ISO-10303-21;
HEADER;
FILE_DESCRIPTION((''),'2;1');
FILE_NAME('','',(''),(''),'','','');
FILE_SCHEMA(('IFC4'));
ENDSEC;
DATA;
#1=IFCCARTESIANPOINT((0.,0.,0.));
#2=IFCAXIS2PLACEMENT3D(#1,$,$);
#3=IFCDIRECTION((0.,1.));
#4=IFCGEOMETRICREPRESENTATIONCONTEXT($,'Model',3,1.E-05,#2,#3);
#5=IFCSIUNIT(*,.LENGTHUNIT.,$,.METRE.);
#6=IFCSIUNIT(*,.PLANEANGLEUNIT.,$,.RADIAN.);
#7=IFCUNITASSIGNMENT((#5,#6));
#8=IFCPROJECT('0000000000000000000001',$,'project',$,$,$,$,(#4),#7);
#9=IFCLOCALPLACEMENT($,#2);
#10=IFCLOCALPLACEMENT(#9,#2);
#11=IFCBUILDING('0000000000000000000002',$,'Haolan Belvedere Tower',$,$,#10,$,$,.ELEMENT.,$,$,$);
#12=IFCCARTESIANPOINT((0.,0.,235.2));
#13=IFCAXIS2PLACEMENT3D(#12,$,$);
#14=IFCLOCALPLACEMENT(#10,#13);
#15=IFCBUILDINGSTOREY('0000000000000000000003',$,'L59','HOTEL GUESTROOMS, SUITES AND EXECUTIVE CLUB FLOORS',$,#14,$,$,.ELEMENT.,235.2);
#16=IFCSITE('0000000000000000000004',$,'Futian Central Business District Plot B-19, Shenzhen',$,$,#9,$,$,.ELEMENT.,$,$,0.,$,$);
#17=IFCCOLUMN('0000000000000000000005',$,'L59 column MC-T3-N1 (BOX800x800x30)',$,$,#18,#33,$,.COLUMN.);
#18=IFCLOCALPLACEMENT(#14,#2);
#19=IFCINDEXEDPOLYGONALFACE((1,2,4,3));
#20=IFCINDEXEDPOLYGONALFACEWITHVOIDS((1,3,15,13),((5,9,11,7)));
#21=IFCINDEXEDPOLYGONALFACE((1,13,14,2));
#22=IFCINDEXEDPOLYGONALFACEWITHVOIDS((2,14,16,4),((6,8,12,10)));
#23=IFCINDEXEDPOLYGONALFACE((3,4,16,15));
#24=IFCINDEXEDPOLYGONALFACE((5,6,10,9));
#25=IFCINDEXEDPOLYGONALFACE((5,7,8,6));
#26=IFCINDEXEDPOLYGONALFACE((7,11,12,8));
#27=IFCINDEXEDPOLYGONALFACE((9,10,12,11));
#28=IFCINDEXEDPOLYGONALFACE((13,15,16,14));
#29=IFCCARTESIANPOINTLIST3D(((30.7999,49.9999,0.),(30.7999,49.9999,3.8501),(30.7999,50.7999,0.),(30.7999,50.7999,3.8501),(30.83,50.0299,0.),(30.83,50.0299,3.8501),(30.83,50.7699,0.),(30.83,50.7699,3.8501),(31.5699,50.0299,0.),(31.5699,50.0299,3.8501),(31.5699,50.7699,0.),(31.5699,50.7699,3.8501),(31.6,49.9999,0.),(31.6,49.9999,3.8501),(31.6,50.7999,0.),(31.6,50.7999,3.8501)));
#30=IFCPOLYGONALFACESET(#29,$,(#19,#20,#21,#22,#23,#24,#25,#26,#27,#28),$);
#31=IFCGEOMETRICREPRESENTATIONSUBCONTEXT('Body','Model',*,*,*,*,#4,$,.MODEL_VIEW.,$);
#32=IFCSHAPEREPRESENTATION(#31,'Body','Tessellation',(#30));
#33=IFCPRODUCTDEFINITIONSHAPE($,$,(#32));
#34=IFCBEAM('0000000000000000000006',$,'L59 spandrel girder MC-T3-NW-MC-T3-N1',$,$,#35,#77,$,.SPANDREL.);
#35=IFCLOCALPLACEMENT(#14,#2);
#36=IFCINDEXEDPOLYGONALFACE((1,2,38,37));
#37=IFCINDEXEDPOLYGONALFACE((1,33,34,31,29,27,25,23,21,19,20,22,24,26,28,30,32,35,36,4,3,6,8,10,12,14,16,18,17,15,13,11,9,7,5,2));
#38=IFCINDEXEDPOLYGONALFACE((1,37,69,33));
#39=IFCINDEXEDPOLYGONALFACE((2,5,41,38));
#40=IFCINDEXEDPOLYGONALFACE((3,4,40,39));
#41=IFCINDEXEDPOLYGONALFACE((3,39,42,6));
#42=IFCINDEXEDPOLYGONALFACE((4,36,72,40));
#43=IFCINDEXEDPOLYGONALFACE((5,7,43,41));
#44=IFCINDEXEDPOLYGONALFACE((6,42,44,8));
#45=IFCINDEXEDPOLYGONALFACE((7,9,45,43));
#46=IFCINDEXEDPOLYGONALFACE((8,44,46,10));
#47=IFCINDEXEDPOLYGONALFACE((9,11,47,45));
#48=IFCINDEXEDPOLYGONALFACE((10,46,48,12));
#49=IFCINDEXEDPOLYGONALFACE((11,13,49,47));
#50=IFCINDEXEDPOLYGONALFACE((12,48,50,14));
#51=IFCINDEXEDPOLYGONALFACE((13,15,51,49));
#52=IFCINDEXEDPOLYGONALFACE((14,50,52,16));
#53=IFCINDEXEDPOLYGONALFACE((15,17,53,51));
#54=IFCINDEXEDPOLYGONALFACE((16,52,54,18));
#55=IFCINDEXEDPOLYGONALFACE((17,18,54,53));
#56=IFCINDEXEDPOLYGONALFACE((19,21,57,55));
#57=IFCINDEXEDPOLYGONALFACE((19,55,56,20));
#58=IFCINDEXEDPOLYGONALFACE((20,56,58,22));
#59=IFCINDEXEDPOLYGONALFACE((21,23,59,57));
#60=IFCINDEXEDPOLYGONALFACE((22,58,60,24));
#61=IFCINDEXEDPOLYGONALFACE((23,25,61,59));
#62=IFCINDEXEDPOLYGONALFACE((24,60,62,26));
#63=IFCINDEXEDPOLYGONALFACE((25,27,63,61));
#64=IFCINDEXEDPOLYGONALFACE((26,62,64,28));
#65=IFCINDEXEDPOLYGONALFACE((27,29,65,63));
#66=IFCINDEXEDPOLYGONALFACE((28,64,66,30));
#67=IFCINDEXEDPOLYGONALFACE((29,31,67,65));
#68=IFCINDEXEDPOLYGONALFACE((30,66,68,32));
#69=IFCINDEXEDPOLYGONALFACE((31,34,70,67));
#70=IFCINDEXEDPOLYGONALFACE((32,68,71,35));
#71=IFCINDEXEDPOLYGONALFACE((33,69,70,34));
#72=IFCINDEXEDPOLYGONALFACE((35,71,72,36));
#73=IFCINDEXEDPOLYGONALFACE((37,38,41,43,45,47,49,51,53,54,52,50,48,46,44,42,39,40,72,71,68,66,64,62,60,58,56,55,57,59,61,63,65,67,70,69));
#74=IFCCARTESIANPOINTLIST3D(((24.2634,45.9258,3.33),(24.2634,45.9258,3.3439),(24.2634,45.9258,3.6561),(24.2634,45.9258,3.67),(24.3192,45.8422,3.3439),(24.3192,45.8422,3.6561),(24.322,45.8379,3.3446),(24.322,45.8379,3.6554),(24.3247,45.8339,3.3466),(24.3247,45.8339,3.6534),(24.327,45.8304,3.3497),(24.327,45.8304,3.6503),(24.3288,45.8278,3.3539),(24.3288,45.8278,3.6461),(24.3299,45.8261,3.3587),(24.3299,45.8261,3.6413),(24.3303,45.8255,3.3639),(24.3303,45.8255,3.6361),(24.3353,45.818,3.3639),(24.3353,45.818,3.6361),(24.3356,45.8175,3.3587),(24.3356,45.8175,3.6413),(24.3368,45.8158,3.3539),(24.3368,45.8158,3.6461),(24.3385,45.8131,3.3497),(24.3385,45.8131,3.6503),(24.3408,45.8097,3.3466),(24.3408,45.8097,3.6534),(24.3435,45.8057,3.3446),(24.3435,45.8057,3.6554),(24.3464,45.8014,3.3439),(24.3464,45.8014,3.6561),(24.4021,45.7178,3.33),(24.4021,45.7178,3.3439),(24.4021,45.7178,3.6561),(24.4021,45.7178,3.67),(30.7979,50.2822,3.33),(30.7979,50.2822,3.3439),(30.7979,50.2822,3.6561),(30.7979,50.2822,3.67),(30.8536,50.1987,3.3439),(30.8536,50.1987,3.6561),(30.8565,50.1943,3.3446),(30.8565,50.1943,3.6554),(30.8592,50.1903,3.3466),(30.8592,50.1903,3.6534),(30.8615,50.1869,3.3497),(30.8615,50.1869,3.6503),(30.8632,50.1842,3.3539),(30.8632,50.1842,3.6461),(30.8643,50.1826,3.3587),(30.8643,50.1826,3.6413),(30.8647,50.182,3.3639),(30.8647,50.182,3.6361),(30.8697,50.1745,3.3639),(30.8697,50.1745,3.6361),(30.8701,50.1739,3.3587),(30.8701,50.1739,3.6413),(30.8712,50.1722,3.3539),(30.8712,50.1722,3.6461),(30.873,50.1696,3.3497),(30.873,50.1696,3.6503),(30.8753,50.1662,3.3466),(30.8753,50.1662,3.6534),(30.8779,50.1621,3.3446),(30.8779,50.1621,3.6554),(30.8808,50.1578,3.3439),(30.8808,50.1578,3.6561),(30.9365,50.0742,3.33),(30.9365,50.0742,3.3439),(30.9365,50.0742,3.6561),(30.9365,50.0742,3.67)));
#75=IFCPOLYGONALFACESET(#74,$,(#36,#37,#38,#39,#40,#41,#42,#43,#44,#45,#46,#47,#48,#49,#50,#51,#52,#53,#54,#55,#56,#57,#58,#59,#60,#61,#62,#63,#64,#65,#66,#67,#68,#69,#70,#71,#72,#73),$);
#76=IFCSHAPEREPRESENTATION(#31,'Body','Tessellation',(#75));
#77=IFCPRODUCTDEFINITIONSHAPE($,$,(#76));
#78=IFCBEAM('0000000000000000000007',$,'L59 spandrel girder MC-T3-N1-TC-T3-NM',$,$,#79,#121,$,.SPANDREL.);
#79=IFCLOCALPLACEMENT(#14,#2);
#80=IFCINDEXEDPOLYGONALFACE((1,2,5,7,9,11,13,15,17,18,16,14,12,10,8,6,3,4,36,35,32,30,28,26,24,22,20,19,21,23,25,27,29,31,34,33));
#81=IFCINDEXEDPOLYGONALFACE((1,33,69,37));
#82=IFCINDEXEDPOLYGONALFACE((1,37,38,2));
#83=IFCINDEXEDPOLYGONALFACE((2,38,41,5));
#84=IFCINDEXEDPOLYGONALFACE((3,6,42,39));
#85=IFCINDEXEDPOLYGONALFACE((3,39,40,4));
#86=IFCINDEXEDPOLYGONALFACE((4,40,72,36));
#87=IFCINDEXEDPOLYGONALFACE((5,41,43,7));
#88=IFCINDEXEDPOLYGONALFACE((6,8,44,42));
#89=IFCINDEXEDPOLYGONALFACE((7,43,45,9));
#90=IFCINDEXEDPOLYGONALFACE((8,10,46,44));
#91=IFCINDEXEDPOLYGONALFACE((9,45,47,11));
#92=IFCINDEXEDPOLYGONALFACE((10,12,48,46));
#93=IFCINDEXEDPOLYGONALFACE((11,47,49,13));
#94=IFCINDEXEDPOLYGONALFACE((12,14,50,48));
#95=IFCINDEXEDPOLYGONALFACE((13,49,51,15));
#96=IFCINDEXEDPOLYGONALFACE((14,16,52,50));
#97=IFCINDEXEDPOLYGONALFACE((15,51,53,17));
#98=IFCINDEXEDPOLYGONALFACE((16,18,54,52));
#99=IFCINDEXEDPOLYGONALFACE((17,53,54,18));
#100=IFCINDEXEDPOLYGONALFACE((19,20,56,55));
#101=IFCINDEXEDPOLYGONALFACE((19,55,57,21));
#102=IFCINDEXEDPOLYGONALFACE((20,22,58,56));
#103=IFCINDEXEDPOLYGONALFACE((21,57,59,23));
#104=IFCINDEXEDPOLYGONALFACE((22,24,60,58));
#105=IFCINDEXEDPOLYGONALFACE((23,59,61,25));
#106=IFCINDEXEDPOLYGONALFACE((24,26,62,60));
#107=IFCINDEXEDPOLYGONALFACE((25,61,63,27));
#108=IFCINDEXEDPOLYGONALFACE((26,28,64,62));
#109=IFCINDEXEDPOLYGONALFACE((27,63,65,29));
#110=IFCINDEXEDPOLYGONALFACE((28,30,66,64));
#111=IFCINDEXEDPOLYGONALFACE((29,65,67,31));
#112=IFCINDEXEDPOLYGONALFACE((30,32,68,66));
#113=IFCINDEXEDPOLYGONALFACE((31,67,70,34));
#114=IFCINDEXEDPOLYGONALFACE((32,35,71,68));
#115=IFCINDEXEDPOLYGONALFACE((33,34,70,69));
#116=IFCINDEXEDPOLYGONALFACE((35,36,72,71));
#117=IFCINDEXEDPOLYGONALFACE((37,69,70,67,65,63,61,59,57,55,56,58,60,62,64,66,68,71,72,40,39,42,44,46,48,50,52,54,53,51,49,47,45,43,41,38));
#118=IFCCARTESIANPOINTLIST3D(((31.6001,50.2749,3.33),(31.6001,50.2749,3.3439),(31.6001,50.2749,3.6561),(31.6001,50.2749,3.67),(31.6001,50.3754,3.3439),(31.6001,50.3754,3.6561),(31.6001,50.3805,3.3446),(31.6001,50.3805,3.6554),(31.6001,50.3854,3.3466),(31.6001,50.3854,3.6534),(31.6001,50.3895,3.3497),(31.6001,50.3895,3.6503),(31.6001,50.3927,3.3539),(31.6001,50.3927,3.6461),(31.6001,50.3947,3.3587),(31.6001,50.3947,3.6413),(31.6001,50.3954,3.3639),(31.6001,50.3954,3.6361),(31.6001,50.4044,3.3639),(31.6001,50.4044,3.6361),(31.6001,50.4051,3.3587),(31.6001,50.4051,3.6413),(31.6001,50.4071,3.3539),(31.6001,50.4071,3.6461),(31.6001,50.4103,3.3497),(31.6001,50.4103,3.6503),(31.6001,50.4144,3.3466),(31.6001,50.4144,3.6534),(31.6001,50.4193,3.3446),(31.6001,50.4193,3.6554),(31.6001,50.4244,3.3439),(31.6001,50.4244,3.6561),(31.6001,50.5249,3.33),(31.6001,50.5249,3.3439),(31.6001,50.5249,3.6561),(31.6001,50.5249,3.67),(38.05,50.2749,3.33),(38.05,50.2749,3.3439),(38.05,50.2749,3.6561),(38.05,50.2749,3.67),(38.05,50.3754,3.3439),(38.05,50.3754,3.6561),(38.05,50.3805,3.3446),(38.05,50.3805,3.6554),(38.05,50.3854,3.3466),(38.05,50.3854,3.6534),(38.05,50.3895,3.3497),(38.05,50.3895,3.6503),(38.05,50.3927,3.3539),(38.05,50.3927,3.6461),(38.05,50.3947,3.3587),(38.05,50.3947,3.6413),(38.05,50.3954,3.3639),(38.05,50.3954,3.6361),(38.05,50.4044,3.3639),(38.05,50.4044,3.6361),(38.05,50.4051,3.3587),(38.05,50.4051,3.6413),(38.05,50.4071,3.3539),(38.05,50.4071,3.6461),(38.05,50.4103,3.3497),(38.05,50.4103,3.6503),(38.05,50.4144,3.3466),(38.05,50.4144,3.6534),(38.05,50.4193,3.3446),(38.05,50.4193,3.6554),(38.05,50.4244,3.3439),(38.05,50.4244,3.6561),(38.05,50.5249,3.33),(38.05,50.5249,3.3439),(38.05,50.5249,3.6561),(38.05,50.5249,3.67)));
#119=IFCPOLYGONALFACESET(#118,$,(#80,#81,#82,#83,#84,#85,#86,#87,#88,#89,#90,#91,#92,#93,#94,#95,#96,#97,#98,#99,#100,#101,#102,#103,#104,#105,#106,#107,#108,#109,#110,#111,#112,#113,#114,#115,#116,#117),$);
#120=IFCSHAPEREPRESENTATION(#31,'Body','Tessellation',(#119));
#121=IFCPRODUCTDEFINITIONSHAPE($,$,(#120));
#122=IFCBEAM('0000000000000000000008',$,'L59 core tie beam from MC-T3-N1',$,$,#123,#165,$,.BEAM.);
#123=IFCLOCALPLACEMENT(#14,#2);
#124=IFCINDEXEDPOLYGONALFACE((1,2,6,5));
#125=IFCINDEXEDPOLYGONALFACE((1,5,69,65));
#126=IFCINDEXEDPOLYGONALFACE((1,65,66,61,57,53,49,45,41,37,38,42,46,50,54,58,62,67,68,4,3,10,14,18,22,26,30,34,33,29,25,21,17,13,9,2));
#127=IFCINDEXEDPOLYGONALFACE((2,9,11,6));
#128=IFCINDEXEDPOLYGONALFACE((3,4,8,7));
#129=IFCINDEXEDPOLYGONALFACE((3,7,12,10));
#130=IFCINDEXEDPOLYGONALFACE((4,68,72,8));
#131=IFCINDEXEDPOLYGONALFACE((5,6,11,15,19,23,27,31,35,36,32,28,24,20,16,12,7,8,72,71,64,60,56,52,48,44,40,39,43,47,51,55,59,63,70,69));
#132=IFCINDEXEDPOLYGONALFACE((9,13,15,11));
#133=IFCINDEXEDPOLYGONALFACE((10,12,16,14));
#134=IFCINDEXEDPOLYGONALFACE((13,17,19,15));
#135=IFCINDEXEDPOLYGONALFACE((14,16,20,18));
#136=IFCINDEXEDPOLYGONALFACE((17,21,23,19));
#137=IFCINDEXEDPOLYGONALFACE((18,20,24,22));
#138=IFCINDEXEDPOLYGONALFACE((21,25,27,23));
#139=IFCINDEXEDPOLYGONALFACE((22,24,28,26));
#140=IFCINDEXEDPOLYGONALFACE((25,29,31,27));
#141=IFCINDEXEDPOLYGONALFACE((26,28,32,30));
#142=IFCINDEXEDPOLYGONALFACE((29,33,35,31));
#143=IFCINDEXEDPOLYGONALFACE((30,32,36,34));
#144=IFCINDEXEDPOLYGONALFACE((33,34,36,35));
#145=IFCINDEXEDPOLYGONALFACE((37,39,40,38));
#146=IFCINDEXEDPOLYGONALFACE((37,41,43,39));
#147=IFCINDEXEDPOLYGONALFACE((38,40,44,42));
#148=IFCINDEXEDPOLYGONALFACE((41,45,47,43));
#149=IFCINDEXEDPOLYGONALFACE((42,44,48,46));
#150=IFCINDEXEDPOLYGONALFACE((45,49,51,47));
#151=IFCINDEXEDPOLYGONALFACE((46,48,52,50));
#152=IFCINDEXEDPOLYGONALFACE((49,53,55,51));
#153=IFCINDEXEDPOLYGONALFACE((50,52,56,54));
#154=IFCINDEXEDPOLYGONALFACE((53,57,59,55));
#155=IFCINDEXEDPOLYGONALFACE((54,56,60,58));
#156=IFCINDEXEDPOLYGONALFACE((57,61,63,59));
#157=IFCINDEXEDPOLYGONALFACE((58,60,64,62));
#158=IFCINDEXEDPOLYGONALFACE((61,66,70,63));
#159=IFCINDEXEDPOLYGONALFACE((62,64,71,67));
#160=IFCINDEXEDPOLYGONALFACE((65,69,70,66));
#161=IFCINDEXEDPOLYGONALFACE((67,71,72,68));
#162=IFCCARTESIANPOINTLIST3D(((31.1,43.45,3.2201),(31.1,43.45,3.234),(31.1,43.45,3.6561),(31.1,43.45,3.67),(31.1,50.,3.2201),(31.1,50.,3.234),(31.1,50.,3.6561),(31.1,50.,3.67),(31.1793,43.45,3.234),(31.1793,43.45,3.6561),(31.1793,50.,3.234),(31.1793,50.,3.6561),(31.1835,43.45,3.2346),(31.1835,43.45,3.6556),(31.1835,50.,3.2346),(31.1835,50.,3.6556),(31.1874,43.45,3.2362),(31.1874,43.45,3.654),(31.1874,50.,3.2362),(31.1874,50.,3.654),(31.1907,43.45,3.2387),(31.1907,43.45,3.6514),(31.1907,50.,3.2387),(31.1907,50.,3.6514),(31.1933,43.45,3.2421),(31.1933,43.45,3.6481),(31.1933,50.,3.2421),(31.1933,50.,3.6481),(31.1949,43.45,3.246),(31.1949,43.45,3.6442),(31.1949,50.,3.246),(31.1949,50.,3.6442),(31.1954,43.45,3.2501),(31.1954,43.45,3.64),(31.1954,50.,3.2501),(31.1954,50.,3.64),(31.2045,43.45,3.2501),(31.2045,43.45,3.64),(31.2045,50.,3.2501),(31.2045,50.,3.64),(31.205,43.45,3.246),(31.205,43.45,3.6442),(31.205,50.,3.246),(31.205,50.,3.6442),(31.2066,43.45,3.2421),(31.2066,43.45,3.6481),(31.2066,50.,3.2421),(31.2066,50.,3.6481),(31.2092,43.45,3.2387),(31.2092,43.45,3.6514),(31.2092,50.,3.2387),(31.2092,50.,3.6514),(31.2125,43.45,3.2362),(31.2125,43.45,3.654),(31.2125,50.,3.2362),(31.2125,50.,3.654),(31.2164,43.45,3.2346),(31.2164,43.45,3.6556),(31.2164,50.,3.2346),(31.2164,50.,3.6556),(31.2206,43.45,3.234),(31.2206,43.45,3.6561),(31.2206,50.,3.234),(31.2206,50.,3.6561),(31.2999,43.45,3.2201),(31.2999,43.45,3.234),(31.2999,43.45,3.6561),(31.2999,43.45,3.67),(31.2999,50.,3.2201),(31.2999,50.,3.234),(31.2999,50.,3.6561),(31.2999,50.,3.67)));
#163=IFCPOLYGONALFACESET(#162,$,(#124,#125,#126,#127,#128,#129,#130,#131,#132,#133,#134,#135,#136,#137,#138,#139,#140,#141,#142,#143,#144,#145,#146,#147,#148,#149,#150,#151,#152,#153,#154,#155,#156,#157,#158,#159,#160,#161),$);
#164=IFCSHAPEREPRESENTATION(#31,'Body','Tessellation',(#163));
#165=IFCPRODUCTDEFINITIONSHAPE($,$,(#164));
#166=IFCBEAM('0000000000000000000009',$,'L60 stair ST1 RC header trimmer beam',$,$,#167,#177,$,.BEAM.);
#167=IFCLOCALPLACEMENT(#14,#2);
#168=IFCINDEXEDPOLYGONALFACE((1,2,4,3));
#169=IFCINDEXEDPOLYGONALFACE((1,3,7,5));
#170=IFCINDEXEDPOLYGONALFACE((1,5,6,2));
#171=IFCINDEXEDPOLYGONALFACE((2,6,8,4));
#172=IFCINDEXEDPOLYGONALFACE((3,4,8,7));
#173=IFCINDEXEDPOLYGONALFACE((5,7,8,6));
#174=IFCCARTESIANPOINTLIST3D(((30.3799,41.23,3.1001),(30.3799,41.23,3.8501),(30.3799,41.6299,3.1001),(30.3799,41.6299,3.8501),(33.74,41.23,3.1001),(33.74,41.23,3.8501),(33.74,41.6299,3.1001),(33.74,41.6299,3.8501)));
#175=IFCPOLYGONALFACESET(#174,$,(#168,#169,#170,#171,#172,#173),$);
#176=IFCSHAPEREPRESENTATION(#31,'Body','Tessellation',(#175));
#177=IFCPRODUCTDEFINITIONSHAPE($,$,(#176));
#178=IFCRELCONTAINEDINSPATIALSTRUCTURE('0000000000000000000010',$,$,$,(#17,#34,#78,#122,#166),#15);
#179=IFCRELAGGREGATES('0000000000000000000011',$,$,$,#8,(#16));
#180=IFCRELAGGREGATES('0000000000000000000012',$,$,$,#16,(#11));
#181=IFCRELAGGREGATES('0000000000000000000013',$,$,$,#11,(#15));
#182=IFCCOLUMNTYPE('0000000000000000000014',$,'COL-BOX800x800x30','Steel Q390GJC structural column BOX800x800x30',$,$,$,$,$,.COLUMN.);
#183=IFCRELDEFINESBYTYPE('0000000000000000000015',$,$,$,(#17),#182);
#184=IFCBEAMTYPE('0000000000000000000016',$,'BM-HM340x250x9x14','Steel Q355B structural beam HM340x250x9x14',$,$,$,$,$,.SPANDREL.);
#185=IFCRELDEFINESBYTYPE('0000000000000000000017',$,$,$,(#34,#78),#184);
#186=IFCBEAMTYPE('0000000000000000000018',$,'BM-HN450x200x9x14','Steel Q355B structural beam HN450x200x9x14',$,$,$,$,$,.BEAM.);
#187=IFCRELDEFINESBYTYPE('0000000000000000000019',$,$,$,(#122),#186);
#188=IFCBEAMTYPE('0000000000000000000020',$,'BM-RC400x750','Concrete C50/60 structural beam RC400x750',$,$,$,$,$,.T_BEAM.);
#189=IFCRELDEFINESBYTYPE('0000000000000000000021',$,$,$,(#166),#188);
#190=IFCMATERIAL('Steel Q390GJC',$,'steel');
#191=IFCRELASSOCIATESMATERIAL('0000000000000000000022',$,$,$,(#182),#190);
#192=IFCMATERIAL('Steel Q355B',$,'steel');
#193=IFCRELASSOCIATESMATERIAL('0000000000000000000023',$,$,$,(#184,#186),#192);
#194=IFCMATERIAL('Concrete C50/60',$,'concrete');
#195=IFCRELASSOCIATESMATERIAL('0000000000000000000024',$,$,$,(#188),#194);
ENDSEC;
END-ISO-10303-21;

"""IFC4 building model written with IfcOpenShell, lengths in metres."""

from ifc_helpers import new_model, si_unit, direction, frame, origin, origin_2d, place, context, subcontext, project, spatial, rectangle, hollow_rectangle, i_section, extrude, material, material_profile, profile_set, type_object, element, save


model = new_model("IFC4")

# Units and contexts
model_context = context("Model", 3, precision=1e-05, world=origin(), true_north=direction((0.0, 1.0)))
body_context = subcontext(model_context, "Body", "Model", "MODEL_VIEW")
ifc_project = project(units=[si_unit("LENGTHUNIT", "METRE"), si_unit("PLANEANGLEUNIT", "RADIAN")], contexts=[model_context])

# Site, building, storey
site_placement = place(None, origin())
site = spatial("IfcSite", under=ifc_project, at=site_placement, Name="Futian Central Business District Plot B-19, Shenzhen", CompositionType="ELEMENT", RefElevation=0.0)
building_placement = place(site_placement, origin())
building = spatial("IfcBuilding", under=site, at=building_placement, Name="Haolan Belvedere Tower", CompositionType="ELEMENT")
storey_placement = place(building_placement, frame((0.0, 0.0, 235.2)))
storey = spatial("IfcBuildingStorey", under=building, at=storey_placement, Name="L59", Description="HOTEL GUESTROOMS, SUITES AND EXECUTIVE CLUB FLOORS", CompositionType="ELEMENT", Elevation=235.2)

# Column
ifc_material_1 = material(Name="Steel Q390GJC", Category="steel")
ifc_material_profile_1 = material_profile(ifc_material_1, hollow_rectangle(XDim=0.8, YDim=0.8, WallThickness=0.03, at=origin_2d()), Name="Steel Q390GJC")
ifc_profile_set_1 = profile_set([ifc_material_profile_1], Name="Steel Q390GJC")
column_type = type_object("IfcColumnType", Name="COL-BOX800x800x30", Description="Steel Q390GJC structural column BOX800x800x30", PredefinedType="COLUMN", material=ifc_profile_set_1)
column_placement = place(storey_placement, frame((31.2, 50.3999, 0.0), z_axis=(0.0, 0.0, 1.0), x_axis=(1.0, 0.0, 0.0)))
element("IfcColumn", 1, at=column_placement, inside=storey, type_object=column_type, Name="L59 column MC-T3-N1 (BOX800x800x30)", PredefinedType="COLUMN", context=body_context, shape_type="SweptSolid", body=[
    extrude(hollow_rectangle(XDim=0.8, YDim=0.8, WallThickness=0.03, at=origin_2d()), origin(), (0.0, 0.0, 1.0), 3.8501),
])

# Beams
ifc_material_2 = material(Name="Steel Q355B", Category="steel")
ifc_material_profile_2 = material_profile(ifc_material_2, i_section(OverallWidth=0.25, OverallDepth=0.3401, WebThickness=0.009, FlangeThickness=0.0139, FilletRadius=0.02, at=origin_2d()), Name="Steel Q355B")
ifc_profile_set_2 = profile_set([ifc_material_profile_2], Name="Steel Q355B")
beam_type_1 = type_object("IfcBeamType", Name="BM-HM340x250x9x14", Description="Steel Q355B structural beam HM340x250x9x14", PredefinedType="SPANDREL", material=ifc_profile_set_2)
beam_1_placement = place(storey_placement, frame((24.3328, 45.8218, 3.5), z_axis=(0.832041, 0.554715, 0.0), x_axis=(-0.554715, 0.832041, 0.0)))
element("IfcBeam", 2, at=beam_1_placement, inside=storey, type_object=beam_type_1, Name="L59 spandrel girder MC-T3-NW-MC-T3-N1", PredefinedType="SPANDREL", context=body_context, shape_type="SweptSolid", body=[
    extrude(i_section(OverallWidth=0.25, OverallDepth=0.3401, WebThickness=0.009, FlangeThickness=0.0139, FilletRadius=0.02, at=origin_2d()), origin(), (0.0, 0.0, 1.0), 7.8535),
])
beam_2_placement = place(storey_placement, frame((31.6001, 50.3999, 3.5), z_axis=(1.0, 0.0, 0.0), x_axis=(0.0, 1.0, 0.0)))
element("IfcBeam", 3, at=beam_2_placement, inside=storey, type_object=beam_type_1, Name="L59 spandrel girder MC-T3-N1-TC-T3-NM", PredefinedType="SPANDREL", context=body_context, shape_type="SweptSolid", body=[
    extrude(i_section(OverallWidth=0.25, OverallDepth=0.3401, WebThickness=0.009, FlangeThickness=0.0139, FilletRadius=0.02, at=origin_2d()), origin(), (0.0, 0.0, 1.0), 6.45),
])
ifc_material_profile_3 = material_profile(ifc_material_2, i_section(OverallWidth=0.2, OverallDepth=0.45, WebThickness=0.009, FlangeThickness=0.0139, FilletRadius=0.0161, at=origin_2d()), Name="Steel Q355B")
ifc_profile_set_3 = profile_set([ifc_material_profile_3], Name="Steel Q355B")
beam_type_2 = type_object("IfcBeamType", Name="BM-HN450x200x9x14", Description="Steel Q355B structural beam HN450x200x9x14", PredefinedType="BEAM", material=ifc_profile_set_3)
beam_3_placement = place(storey_placement, frame((31.2, 50.0, 3.4451), z_axis=(0.0, -1.0, 0.0), x_axis=(1.0, 0.0, 0.0)))
element("IfcBeam", 4, at=beam_3_placement, inside=storey, type_object=beam_type_2, Name="L59 core tie beam from MC-T3-N1", PredefinedType="BEAM", context=body_context, shape_type="SweptSolid", body=[
    extrude(i_section(OverallWidth=0.2, OverallDepth=0.45, WebThickness=0.009, FlangeThickness=0.0139, FilletRadius=0.0161, at=origin_2d()), origin(), (0.0, 0.0, 1.0), 6.55),
])
ifc_material_3 = material(Name="Concrete C50/60", Category="concrete")
ifc_material_profile_4 = material_profile(ifc_material_3, rectangle(XDim=0.3999, YDim=0.75, at=origin_2d()), Name="Concrete C50/60")
ifc_profile_set_4 = profile_set([ifc_material_profile_4], Name="Concrete C50/60")
beam_type_3 = type_object("IfcBeamType", Name="BM-RC400x750", Description="Concrete C50/60 structural beam RC400x750", PredefinedType="T_BEAM", material=ifc_profile_set_4)
beam_4_placement = place(storey_placement, frame((30.3799, 41.4299, 3.4751), z_axis=(1.0, 0.0, 0.0), x_axis=(0.0, 1.0, 0.0)))
element("IfcBeam", 5, at=beam_4_placement, inside=storey, type_object=beam_type_3, Name="L60 stair ST1 RC header trimmer beam", PredefinedType="BEAM", context=body_context, shape_type="SweptSolid", body=[
    extrude(rectangle(XDim=0.3999, YDim=0.75, at=origin_2d()), origin(), (0.0, 0.0, 1.0), 3.3601),
])

save(model, "model.ifc")
